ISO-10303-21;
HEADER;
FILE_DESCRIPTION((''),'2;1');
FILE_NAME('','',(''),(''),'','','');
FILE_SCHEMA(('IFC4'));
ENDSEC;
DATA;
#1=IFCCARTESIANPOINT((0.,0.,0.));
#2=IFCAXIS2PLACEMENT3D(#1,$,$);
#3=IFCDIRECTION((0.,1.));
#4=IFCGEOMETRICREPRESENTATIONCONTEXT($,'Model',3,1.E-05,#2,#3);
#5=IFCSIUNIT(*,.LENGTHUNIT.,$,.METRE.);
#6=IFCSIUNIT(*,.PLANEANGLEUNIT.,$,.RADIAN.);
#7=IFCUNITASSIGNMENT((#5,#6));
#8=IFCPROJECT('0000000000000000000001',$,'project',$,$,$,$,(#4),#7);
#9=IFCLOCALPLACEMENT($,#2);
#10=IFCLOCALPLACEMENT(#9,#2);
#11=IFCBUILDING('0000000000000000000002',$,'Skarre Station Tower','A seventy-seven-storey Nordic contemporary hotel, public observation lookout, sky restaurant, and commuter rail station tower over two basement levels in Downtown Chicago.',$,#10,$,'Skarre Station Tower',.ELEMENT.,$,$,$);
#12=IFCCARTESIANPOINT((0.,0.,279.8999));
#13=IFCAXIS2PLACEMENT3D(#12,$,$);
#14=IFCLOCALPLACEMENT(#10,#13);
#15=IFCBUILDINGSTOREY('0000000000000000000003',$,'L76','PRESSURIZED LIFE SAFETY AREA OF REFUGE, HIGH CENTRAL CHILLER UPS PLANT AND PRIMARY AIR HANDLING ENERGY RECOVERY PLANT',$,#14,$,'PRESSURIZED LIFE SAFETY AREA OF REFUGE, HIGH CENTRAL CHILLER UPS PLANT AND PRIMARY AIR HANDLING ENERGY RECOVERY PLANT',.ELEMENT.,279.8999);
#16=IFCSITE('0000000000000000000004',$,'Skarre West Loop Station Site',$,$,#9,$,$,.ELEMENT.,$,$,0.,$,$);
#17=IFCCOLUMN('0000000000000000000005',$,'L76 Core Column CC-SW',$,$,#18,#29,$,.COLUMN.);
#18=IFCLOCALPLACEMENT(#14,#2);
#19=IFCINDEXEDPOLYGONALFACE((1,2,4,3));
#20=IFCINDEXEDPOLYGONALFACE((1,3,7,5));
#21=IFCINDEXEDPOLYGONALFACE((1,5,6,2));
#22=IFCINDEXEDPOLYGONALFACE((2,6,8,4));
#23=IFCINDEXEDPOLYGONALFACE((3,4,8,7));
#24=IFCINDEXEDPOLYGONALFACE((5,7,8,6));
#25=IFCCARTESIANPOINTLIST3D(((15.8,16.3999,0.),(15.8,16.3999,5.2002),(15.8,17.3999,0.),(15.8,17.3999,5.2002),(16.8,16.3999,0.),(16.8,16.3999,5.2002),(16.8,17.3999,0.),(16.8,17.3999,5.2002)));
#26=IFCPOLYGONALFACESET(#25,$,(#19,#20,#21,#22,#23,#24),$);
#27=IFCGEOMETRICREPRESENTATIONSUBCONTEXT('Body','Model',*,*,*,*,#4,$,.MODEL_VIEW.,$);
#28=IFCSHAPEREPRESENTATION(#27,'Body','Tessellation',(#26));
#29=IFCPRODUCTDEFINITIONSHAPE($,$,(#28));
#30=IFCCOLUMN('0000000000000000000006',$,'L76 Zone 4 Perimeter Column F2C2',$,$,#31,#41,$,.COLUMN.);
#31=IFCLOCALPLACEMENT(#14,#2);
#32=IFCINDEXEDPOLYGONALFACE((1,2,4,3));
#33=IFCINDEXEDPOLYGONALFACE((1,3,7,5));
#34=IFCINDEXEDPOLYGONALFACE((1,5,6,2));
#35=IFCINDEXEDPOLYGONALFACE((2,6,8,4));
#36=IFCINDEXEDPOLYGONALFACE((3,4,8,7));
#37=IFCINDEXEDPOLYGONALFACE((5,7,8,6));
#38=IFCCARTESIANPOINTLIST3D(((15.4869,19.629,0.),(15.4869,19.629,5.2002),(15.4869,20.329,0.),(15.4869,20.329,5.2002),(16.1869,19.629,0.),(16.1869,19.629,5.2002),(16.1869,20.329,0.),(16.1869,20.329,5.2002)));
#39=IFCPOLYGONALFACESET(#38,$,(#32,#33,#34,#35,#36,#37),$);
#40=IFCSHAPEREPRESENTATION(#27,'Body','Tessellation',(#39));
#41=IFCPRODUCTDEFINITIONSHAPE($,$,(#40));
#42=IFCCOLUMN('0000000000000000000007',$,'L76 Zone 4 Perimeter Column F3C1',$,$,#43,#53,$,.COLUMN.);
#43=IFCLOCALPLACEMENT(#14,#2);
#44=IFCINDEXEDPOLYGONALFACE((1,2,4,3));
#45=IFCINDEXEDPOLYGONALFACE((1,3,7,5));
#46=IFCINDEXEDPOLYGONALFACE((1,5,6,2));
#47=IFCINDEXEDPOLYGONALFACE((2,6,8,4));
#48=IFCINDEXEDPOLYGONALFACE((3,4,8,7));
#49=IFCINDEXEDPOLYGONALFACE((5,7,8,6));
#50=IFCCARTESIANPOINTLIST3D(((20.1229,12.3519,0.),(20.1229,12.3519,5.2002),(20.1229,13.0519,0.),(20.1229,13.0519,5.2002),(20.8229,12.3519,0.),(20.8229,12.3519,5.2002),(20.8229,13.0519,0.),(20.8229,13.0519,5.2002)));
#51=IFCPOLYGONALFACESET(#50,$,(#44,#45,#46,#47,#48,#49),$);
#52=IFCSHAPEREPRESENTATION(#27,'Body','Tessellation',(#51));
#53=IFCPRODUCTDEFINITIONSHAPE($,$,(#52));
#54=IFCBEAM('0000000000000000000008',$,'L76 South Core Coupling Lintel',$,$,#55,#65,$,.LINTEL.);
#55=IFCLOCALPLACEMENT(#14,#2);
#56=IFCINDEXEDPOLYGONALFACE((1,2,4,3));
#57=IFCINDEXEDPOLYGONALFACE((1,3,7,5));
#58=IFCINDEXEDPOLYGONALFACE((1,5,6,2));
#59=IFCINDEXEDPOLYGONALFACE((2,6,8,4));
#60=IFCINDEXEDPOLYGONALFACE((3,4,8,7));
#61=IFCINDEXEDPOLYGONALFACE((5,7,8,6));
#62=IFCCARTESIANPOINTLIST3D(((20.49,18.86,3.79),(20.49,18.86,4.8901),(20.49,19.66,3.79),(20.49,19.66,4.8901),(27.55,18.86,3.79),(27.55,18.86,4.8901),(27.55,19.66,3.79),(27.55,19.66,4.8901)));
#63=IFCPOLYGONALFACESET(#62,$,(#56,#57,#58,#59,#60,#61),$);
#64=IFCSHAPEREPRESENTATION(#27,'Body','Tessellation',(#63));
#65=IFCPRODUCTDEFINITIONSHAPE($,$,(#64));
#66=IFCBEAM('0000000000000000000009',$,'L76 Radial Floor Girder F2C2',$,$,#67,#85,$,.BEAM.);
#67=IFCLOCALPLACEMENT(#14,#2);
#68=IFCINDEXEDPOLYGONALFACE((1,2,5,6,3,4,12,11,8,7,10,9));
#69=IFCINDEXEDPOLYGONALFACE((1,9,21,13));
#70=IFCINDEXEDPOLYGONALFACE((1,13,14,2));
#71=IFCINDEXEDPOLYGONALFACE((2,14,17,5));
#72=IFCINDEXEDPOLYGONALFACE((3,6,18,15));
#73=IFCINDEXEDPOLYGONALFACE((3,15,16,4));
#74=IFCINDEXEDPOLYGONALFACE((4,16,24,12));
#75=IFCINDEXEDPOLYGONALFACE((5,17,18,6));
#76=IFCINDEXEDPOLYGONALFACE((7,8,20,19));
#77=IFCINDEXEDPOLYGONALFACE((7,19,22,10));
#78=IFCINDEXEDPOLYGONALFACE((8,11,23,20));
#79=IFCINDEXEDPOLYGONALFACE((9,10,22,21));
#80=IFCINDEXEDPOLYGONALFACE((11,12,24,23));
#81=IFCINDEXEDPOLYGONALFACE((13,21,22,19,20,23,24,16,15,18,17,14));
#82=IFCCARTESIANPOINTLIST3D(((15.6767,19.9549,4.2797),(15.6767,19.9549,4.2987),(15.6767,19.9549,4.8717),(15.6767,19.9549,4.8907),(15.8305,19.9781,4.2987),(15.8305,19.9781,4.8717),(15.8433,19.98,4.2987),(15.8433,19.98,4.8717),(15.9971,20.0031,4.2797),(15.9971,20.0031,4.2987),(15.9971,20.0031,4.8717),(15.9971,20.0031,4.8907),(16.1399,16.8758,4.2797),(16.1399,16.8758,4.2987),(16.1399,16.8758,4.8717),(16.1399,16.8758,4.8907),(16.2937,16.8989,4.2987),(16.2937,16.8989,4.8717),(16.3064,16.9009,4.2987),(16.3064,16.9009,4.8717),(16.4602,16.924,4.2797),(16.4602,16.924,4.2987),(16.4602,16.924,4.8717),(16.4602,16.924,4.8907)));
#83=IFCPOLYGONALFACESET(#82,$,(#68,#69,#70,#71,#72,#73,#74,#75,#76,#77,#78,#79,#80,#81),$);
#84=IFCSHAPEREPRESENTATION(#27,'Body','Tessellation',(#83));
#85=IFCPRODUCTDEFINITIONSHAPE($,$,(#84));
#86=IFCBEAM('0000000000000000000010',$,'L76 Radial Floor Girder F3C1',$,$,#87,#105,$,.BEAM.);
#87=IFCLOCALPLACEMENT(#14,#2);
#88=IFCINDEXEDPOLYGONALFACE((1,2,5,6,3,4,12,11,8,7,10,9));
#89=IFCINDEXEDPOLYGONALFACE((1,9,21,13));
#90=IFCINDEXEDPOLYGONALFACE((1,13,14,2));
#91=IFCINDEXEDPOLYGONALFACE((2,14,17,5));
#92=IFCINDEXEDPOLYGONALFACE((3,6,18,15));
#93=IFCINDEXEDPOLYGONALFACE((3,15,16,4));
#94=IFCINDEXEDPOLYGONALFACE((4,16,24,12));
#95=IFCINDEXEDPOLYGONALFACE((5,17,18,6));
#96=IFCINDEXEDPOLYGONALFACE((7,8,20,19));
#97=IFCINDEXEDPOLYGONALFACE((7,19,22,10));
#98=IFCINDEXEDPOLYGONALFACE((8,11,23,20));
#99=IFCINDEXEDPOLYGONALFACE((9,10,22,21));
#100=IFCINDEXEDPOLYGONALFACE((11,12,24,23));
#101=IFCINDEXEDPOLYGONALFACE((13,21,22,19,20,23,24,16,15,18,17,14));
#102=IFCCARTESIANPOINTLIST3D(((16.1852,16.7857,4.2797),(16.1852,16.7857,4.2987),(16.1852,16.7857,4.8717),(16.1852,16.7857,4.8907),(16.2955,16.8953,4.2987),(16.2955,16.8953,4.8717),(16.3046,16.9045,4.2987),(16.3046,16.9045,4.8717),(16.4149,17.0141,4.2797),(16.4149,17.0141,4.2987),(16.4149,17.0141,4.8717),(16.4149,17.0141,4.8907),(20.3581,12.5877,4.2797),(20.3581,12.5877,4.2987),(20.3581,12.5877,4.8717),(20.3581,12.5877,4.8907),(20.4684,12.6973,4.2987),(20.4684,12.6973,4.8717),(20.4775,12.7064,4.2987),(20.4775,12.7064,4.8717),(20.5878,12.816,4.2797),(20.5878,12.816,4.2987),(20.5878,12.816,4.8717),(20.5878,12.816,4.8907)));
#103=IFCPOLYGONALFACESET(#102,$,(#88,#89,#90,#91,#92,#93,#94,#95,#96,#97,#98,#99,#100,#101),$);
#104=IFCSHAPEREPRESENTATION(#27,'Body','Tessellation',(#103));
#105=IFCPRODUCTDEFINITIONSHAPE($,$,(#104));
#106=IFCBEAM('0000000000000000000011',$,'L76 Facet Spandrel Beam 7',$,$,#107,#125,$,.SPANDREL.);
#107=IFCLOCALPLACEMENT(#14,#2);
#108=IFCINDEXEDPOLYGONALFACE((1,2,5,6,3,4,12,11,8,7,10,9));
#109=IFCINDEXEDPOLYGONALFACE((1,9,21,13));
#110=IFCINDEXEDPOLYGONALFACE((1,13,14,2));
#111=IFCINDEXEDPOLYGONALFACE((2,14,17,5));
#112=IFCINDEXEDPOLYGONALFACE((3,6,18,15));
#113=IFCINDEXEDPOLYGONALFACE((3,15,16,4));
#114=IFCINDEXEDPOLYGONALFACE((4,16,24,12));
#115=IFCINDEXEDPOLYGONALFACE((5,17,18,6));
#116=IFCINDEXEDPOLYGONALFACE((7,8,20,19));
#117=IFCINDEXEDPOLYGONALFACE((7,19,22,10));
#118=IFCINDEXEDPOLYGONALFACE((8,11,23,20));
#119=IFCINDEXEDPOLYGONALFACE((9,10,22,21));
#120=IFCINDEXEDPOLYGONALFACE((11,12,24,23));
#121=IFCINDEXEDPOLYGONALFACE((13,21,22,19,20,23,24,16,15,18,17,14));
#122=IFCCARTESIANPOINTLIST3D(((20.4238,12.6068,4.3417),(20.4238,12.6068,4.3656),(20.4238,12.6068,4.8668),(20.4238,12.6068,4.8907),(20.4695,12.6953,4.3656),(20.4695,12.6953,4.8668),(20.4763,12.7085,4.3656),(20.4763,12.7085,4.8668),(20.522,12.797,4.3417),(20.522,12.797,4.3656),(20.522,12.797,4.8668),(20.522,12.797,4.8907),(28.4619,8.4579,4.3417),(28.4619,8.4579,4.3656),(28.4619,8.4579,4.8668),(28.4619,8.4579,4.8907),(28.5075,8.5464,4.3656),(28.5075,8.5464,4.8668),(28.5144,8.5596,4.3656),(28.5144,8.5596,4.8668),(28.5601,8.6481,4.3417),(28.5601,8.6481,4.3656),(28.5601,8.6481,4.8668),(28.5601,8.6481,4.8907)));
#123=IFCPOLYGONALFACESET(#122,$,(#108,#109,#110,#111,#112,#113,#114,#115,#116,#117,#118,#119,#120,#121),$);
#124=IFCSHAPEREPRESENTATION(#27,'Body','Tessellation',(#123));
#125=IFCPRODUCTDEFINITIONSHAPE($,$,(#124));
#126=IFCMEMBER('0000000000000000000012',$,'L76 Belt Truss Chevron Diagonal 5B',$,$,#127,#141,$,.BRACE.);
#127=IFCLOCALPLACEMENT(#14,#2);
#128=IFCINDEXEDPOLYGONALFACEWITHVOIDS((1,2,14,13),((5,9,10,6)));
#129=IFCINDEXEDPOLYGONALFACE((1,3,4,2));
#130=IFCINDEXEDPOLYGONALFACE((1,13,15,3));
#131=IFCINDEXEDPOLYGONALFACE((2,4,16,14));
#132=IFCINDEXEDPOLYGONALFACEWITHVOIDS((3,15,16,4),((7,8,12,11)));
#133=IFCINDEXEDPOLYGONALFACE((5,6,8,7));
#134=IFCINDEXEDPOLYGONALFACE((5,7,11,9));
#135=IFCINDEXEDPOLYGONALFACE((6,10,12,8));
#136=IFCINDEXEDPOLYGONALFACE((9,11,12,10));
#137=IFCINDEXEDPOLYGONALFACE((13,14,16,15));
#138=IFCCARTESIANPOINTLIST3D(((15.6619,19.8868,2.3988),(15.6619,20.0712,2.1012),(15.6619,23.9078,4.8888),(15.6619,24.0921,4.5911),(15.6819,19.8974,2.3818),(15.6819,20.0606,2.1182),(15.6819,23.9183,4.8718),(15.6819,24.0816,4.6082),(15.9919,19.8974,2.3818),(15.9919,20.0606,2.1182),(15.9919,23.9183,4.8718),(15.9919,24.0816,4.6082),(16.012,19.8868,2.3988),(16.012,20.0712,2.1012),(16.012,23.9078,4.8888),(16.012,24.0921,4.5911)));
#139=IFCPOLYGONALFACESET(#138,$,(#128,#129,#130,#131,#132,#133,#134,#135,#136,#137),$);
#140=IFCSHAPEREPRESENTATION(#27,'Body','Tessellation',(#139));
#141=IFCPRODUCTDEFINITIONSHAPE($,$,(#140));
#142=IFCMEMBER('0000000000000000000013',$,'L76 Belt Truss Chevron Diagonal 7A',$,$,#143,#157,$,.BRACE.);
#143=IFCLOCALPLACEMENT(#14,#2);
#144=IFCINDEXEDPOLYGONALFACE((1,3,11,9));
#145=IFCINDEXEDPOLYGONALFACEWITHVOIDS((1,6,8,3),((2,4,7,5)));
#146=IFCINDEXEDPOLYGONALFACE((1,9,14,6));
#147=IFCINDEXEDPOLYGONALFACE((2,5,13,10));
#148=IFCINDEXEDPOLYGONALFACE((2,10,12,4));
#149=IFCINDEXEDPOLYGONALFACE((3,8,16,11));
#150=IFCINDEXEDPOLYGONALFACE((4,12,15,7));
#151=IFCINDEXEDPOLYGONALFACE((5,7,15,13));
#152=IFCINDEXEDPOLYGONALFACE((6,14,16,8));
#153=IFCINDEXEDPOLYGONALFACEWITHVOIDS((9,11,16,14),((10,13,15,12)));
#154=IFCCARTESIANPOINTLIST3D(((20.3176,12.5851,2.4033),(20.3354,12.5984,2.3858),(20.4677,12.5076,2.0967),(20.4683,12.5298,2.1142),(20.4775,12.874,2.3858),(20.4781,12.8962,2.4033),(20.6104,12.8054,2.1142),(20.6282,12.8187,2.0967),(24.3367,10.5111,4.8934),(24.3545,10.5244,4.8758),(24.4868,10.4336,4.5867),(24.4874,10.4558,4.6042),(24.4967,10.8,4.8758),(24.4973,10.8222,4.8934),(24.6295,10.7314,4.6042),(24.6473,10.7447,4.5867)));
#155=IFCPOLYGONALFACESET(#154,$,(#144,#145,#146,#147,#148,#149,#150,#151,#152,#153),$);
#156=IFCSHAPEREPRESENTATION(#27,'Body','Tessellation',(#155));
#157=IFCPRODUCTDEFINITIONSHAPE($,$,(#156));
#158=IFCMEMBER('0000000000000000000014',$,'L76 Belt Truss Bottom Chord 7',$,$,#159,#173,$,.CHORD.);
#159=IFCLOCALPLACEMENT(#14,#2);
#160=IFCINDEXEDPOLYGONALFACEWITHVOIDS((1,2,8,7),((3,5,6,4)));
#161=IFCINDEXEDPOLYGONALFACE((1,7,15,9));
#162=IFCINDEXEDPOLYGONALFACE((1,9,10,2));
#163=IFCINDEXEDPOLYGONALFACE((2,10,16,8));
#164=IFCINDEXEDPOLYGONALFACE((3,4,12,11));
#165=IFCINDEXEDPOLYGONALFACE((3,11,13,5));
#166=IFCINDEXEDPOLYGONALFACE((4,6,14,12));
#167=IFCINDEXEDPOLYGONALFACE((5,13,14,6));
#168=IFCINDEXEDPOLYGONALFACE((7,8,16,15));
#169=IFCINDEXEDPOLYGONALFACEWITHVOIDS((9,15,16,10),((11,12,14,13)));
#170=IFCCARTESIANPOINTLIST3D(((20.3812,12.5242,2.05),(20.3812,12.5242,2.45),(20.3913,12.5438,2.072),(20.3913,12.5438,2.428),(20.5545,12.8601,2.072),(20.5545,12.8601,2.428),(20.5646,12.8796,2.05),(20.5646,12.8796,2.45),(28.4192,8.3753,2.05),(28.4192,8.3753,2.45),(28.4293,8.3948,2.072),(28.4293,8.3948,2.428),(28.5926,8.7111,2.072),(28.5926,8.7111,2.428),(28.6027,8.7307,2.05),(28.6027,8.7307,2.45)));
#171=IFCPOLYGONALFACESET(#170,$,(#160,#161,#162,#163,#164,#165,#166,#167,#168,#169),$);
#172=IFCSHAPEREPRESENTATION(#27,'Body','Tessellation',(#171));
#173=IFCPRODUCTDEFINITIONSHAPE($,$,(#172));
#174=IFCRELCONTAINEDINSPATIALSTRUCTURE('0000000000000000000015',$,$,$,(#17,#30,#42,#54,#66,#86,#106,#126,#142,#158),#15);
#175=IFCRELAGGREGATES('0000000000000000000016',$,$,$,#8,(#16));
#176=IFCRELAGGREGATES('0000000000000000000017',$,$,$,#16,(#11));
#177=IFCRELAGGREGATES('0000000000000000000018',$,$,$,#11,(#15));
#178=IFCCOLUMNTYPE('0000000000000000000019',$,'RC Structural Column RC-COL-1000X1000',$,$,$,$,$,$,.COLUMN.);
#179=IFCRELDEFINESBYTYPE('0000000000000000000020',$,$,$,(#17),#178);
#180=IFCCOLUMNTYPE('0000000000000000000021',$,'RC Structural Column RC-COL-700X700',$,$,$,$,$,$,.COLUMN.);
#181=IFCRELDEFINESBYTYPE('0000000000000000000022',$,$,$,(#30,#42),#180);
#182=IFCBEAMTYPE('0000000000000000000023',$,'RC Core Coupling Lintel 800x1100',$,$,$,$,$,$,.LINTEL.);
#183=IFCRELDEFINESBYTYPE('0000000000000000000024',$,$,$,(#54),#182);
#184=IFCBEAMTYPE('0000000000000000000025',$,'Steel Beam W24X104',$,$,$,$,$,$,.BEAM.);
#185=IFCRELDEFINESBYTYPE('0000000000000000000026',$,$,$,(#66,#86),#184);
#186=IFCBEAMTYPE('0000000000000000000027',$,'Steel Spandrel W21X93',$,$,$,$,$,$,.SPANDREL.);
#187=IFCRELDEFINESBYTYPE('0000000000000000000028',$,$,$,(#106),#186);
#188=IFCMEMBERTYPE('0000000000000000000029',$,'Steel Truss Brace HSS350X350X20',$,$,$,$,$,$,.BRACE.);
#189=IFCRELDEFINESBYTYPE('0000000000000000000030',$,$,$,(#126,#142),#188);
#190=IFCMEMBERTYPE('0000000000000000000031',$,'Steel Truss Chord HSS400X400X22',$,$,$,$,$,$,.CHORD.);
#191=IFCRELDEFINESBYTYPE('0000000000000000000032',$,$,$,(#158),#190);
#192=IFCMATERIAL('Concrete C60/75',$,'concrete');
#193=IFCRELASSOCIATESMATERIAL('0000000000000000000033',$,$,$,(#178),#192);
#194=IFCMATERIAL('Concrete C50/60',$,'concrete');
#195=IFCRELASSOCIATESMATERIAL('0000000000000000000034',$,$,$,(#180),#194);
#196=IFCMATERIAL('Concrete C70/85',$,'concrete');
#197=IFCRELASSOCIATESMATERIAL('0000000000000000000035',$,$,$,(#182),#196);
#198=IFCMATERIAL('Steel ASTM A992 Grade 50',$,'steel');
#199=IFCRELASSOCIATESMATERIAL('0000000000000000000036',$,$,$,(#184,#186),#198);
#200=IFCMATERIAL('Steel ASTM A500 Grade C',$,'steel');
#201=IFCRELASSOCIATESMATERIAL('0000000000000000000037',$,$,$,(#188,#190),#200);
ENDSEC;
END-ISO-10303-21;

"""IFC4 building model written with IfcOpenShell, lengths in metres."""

from ifc_helpers import new_model, si_unit, direction, frame, origin, origin_2d, place, context, subcontext, project, spatial, rectangle, hollow_rectangle, i_section, extrude, material, material_profile, profile_set, type_object, element, save


model = new_model("IFC4")

# Units and contexts
model_context = context("Model", 3, precision=1e-05, world=origin(), true_north=direction((0.0, 1.0)))
body_context = subcontext(model_context, "Body", "Model", "MODEL_VIEW")
ifc_project = project(units=[si_unit("LENGTHUNIT", "METRE"), si_unit("PLANEANGLEUNIT", "RADIAN")], contexts=[model_context])

# Site, building, storey
site_placement = place(None, origin())
site = spatial("IfcSite", under=ifc_project, at=site_placement, Name="Skarre West Loop Station Site", CompositionType="ELEMENT", RefElevation=0.0)
building_placement = place(site_placement, origin())
building = spatial("IfcBuilding", under=site, at=building_placement, Name="Skarre Station Tower", Description="A seventy-seven-storey Nordic contemporary hotel, public observation lookout, sky restaurant, and commuter rail station tower over two basement levels in Downtown Chicago.", LongName="Skarre Station Tower", CompositionType="ELEMENT")
storey_placement = place(building_placement, frame((0.0, 0.0, 279.8999)))
storey = spatial("IfcBuildingStorey", under=building, at=storey_placement, Name="L76", Description="PRESSURIZED LIFE SAFETY AREA OF REFUGE, HIGH CENTRAL CHILLER UPS PLANT AND PRIMARY AIR HANDLING ENERGY RECOVERY PLANT", LongName="PRESSURIZED LIFE SAFETY AREA OF REFUGE, HIGH CENTRAL CHILLER UPS PLANT AND PRIMARY AIR HANDLING ENERGY RECOVERY PLANT", CompositionType="ELEMENT", Elevation=279.8999)

# Columns
ifc_material_1 = material(Name="Concrete C60/75", Category="concrete")
ifc_material_profile_1 = material_profile(ifc_material_1, rectangle(XDim=1.0, YDim=1.0, at=origin_2d()), Name="Concrete C60/75")
ifc_profile_set_1 = profile_set([ifc_material_profile_1], Name="Concrete C60/75")
column_type_1 = type_object("IfcColumnType", Name="RC Structural Column RC-COL-1000X1000", PredefinedType="COLUMN", material=ifc_profile_set_1)
column_placement = place(storey_placement, frame((16.3, 16.8999, 0.0), z_axis=(0.0, 0.0, 1.0), x_axis=(1.0, 0.0, 0.0)))
element("IfcColumn", 1, at=column_placement, inside=storey, type_object=column_type_1, Name="L76 Core Column CC-SW", PredefinedType="COLUMN", context=body_context, shape_type="SweptSolid", body=[
    extrude(rectangle(XDim=1.0, YDim=1.0, at=origin_2d()), origin(), (0.0, 0.0, 1.0), 5.2002),
])
ifc_material_2 = material(Name="Concrete C50/60", Category="concrete")
ifc_material_profile_2 = material_profile(ifc_material_2, rectangle(XDim=0.7, YDim=0.7, at=origin_2d()), Name="Concrete C50/60")
ifc_profile_set_2 = profile_set([ifc_material_profile_2], Name="Concrete C50/60")
column_type_2 = type_object("IfcColumnType", Name="RC Structural Column RC-COL-700X700", PredefinedType="COLUMN", material=ifc_profile_set_2)
for number, where, z_axis, x_axis, name in (
    (2, (15.8369, 19.979, 0.0), (0.0, 0.0, 1.0), (1.0, 0.0, 0.0), "L76 Zone 4 Perimeter Column F2C2"),
    (3, (20.4729, 12.7019, 0.0), (0.0, 0.0, 1.0), (1.0, 0.0, 0.0), "L76 Zone 4 Perimeter Column F3C1"),
):
    element("IfcColumn", number, at=place(storey_placement, frame(where, z_axis=z_axis, x_axis=x_axis)), inside=storey, type_object=column_type_2, Name=name, PredefinedType="COLUMN", context=body_context, shape_type="SweptSolid", body=[
        extrude(rectangle(XDim=0.7, YDim=0.7, at=origin_2d()), origin(), (0.0, 0.0, 1.0), 5.2002),
    ])

# Beams
ifc_material_3 = material(Name="Concrete C70/85", Category="concrete")
ifc_material_profile_3 = material_profile(ifc_material_3, rectangle(XDim=0.8, YDim=1.1001, at=origin_2d()), Name="Concrete C70/85")
ifc_profile_set_3 = profile_set([ifc_material_profile_3], Name="Concrete C70/85")
beam_type_1 = type_object("IfcBeamType", Name="RC Core Coupling Lintel 800x1100", PredefinedType="LINTEL", material=ifc_profile_set_3)
beam_1_placement = place(storey_placement, frame((20.49, 19.26, 4.3401), z_axis=(1.0, 0.0, 0.0), x_axis=(0.0, 1.0, 0.0)))
element("IfcBeam", 4, at=beam_1_placement, inside=storey, type_object=beam_type_1, Name="L76 South Core Coupling Lintel", PredefinedType="LINTEL", context=body_context, shape_type="SweptSolid", body=[
    extrude(rectangle(XDim=0.8, YDim=1.1001, at=origin_2d()), origin(), (0.0, 0.0, 1.0), 7.0601),
])
ifc_material_4 = material(Name="Steel ASTM A992 Grade 50", Category="steel")
ifc_material_profile_4 = material_profile(ifc_material_4, i_section(OverallWidth=0.324, OverallDepth=0.6111, WebThickness=0.0129, FlangeThickness=0.019, at=origin_2d()), Name="Steel ASTM A992 Grade 50")
ifc_profile_set_4 = profile_set([ifc_material_profile_4], Name="Steel ASTM A992 Grade 50")
beam_type_2 = type_object("IfcBeamType", Name="Steel Beam W24X104", PredefinedType="BEAM", material=ifc_profile_set_4)
beam_2_placement = place(storey_placement, frame((16.3, 16.8999, 4.5852), z_axis=(-0.148739, 0.988876, 0.0), x_axis=(-0.988876, -0.148739, 0.0)))
element("IfcBeam", 5, at=beam_2_placement, inside=storey, type_object=beam_type_2, Name="L76 Radial Floor Girder F2C2", PredefinedType="BEAM", context=body_context, shape_type="SweptSolid", body=[
    extrude(i_section(OverallWidth=0.324, OverallDepth=0.6111, WebThickness=0.0129, FlangeThickness=0.019, at=origin_2d()), origin(), (0.0, 0.0, 1.0), 3.1138),
])
beam_3_placement = place(storey_placement, frame((16.3, 16.8999, 4.5852), z_axis=(0.704979, -0.709228, 0.0), x_axis=(0.709228, 0.704979, 0.0)))
element("IfcBeam", 6, at=beam_3_placement, inside=storey, type_object=beam_type_2, Name="L76 Radial Floor Girder F3C1", PredefinedType="BEAM", context=body_context, shape_type="SweptSolid", body=[
    extrude(i_section(OverallWidth=0.324, OverallDepth=0.6111, WebThickness=0.0129, FlangeThickness=0.019, at=origin_2d()), origin(), (0.0, 0.0, 1.0), 5.9192),
])
ifc_material_profile_5 = material_profile(ifc_material_4, i_section(OverallWidth=0.2141, OverallDepth=0.5491, WebThickness=0.0149, FlangeThickness=0.0239, at=origin_2d()), Name="Steel ASTM A992 Grade 50")
ifc_profile_set_5 = profile_set([ifc_material_profile_5], Name="Steel ASTM A992 Grade 50")
beam_type_3 = type_object("IfcBeamType", Name="Steel Spandrel W21X93", PredefinedType="SPANDREL", material=ifc_profile_set_5)
beam_4_placement = place(storey_placement, frame((20.4729, 12.7019, 4.6162), z_axis=(0.88861, -0.458664, 0.0), x_axis=(0.458664, 0.88861, 0.0)))
element("IfcBeam", 7, at=beam_4_placement, inside=storey, type_object=beam_type_3, Name="L76 Facet Spandrel Beam 7", PredefinedType="SPANDREL", context=body_context, shape_type="SweptSolid", body=[
    extrude(i_section(OverallWidth=0.2141, OverallDepth=0.5491, WebThickness=0.0149, FlangeThickness=0.0239, at=origin_2d()), origin(), (0.0, 0.0, 1.0), 9.0457),
])

# Members
ifc_material_5 = material(Name="Steel ASTM A500 Grade C", Category="steel")
ifc_material_profile_6 = material_profile(ifc_material_5, hollow_rectangle(XDim=0.3501, YDim=0.3501, WallThickness=0.02, at=origin_2d()), Name="Steel ASTM A500 Grade C")
ifc_profile_set_6 = profile_set([ifc_material_profile_6], Name="Steel ASTM A500 Grade C")
member_type_1 = type_object("IfcMemberType", Name="Steel Truss Brace HSS350X350X20", PredefinedType="BRACE", material=ifc_profile_set_6)
member_1_placement = place(storey_placement, frame((15.8369, 19.979, 2.25), z_axis=(0.0, 0.850189, 0.526477), x_axis=(-1.0, 0.0, 0.0)))
element("IfcMember", 8, at=member_1_placement, inside=storey, type_object=member_type_1, Name="L76 Belt Truss Chevron Diagonal 5B", PredefinedType="BRACE", context=body_context, shape_type="SweptSolid", body=[
    extrude(hollow_rectangle(XDim=0.3501, YDim=0.3501, WallThickness=0.02, at=origin_2d()), origin(), (0.0, 0.0, 1.0), 4.7295),
])
member_2_placement = place(storey_placement, frame((20.4729, 12.7019, 2.25), z_axis=(0.778467, -0.401718, 0.482298), x_axis=(0.458578, 0.888654, 0.0)))
element("IfcMember", 9, at=member_2_placement, inside=storey, type_object=member_type_1, Name="L76 Belt Truss Chevron Diagonal 7A", PredefinedType="BRACE", context=body_context, shape_type="SweptSolid", body=[
    extrude(hollow_rectangle(XDim=0.3501, YDim=0.3501, WallThickness=0.02, at=origin_2d()), origin(), (0.0, 0.0, 1.0), 5.1628),
])
ifc_material_profile_7 = material_profile(ifc_material_5, hollow_rectangle(XDim=0.3999, YDim=0.3999, WallThickness=0.022, at=origin_2d()), Name="Steel ASTM A500 Grade C")
ifc_profile_set_7 = profile_set([ifc_material_profile_7], Name="Steel ASTM A500 Grade C")
member_type_2 = type_object("IfcMemberType", Name="Steel Truss Chord HSS400X400X22", PredefinedType="CHORD", material=ifc_profile_set_7)
member_3_placement = place(storey_placement, frame((20.4729, 12.7019, 2.25), z_axis=(0.88861, -0.458664, 0.0), x_axis=(0.458664, 0.88861, 0.0)))
element("IfcMember", 10, at=member_3_placement, inside=storey, type_object=member_type_2, Name="L76 Belt Truss Bottom Chord 7", PredefinedType="CHORD", context=body_context, shape_type="SweptSolid", body=[
    extrude(hollow_rectangle(XDim=0.3999, YDim=0.3999, WallThickness=0.022, at=origin_2d()), origin(), (0.0, 0.0, 1.0), 9.0457),
])

save(model, "model.ifc")
